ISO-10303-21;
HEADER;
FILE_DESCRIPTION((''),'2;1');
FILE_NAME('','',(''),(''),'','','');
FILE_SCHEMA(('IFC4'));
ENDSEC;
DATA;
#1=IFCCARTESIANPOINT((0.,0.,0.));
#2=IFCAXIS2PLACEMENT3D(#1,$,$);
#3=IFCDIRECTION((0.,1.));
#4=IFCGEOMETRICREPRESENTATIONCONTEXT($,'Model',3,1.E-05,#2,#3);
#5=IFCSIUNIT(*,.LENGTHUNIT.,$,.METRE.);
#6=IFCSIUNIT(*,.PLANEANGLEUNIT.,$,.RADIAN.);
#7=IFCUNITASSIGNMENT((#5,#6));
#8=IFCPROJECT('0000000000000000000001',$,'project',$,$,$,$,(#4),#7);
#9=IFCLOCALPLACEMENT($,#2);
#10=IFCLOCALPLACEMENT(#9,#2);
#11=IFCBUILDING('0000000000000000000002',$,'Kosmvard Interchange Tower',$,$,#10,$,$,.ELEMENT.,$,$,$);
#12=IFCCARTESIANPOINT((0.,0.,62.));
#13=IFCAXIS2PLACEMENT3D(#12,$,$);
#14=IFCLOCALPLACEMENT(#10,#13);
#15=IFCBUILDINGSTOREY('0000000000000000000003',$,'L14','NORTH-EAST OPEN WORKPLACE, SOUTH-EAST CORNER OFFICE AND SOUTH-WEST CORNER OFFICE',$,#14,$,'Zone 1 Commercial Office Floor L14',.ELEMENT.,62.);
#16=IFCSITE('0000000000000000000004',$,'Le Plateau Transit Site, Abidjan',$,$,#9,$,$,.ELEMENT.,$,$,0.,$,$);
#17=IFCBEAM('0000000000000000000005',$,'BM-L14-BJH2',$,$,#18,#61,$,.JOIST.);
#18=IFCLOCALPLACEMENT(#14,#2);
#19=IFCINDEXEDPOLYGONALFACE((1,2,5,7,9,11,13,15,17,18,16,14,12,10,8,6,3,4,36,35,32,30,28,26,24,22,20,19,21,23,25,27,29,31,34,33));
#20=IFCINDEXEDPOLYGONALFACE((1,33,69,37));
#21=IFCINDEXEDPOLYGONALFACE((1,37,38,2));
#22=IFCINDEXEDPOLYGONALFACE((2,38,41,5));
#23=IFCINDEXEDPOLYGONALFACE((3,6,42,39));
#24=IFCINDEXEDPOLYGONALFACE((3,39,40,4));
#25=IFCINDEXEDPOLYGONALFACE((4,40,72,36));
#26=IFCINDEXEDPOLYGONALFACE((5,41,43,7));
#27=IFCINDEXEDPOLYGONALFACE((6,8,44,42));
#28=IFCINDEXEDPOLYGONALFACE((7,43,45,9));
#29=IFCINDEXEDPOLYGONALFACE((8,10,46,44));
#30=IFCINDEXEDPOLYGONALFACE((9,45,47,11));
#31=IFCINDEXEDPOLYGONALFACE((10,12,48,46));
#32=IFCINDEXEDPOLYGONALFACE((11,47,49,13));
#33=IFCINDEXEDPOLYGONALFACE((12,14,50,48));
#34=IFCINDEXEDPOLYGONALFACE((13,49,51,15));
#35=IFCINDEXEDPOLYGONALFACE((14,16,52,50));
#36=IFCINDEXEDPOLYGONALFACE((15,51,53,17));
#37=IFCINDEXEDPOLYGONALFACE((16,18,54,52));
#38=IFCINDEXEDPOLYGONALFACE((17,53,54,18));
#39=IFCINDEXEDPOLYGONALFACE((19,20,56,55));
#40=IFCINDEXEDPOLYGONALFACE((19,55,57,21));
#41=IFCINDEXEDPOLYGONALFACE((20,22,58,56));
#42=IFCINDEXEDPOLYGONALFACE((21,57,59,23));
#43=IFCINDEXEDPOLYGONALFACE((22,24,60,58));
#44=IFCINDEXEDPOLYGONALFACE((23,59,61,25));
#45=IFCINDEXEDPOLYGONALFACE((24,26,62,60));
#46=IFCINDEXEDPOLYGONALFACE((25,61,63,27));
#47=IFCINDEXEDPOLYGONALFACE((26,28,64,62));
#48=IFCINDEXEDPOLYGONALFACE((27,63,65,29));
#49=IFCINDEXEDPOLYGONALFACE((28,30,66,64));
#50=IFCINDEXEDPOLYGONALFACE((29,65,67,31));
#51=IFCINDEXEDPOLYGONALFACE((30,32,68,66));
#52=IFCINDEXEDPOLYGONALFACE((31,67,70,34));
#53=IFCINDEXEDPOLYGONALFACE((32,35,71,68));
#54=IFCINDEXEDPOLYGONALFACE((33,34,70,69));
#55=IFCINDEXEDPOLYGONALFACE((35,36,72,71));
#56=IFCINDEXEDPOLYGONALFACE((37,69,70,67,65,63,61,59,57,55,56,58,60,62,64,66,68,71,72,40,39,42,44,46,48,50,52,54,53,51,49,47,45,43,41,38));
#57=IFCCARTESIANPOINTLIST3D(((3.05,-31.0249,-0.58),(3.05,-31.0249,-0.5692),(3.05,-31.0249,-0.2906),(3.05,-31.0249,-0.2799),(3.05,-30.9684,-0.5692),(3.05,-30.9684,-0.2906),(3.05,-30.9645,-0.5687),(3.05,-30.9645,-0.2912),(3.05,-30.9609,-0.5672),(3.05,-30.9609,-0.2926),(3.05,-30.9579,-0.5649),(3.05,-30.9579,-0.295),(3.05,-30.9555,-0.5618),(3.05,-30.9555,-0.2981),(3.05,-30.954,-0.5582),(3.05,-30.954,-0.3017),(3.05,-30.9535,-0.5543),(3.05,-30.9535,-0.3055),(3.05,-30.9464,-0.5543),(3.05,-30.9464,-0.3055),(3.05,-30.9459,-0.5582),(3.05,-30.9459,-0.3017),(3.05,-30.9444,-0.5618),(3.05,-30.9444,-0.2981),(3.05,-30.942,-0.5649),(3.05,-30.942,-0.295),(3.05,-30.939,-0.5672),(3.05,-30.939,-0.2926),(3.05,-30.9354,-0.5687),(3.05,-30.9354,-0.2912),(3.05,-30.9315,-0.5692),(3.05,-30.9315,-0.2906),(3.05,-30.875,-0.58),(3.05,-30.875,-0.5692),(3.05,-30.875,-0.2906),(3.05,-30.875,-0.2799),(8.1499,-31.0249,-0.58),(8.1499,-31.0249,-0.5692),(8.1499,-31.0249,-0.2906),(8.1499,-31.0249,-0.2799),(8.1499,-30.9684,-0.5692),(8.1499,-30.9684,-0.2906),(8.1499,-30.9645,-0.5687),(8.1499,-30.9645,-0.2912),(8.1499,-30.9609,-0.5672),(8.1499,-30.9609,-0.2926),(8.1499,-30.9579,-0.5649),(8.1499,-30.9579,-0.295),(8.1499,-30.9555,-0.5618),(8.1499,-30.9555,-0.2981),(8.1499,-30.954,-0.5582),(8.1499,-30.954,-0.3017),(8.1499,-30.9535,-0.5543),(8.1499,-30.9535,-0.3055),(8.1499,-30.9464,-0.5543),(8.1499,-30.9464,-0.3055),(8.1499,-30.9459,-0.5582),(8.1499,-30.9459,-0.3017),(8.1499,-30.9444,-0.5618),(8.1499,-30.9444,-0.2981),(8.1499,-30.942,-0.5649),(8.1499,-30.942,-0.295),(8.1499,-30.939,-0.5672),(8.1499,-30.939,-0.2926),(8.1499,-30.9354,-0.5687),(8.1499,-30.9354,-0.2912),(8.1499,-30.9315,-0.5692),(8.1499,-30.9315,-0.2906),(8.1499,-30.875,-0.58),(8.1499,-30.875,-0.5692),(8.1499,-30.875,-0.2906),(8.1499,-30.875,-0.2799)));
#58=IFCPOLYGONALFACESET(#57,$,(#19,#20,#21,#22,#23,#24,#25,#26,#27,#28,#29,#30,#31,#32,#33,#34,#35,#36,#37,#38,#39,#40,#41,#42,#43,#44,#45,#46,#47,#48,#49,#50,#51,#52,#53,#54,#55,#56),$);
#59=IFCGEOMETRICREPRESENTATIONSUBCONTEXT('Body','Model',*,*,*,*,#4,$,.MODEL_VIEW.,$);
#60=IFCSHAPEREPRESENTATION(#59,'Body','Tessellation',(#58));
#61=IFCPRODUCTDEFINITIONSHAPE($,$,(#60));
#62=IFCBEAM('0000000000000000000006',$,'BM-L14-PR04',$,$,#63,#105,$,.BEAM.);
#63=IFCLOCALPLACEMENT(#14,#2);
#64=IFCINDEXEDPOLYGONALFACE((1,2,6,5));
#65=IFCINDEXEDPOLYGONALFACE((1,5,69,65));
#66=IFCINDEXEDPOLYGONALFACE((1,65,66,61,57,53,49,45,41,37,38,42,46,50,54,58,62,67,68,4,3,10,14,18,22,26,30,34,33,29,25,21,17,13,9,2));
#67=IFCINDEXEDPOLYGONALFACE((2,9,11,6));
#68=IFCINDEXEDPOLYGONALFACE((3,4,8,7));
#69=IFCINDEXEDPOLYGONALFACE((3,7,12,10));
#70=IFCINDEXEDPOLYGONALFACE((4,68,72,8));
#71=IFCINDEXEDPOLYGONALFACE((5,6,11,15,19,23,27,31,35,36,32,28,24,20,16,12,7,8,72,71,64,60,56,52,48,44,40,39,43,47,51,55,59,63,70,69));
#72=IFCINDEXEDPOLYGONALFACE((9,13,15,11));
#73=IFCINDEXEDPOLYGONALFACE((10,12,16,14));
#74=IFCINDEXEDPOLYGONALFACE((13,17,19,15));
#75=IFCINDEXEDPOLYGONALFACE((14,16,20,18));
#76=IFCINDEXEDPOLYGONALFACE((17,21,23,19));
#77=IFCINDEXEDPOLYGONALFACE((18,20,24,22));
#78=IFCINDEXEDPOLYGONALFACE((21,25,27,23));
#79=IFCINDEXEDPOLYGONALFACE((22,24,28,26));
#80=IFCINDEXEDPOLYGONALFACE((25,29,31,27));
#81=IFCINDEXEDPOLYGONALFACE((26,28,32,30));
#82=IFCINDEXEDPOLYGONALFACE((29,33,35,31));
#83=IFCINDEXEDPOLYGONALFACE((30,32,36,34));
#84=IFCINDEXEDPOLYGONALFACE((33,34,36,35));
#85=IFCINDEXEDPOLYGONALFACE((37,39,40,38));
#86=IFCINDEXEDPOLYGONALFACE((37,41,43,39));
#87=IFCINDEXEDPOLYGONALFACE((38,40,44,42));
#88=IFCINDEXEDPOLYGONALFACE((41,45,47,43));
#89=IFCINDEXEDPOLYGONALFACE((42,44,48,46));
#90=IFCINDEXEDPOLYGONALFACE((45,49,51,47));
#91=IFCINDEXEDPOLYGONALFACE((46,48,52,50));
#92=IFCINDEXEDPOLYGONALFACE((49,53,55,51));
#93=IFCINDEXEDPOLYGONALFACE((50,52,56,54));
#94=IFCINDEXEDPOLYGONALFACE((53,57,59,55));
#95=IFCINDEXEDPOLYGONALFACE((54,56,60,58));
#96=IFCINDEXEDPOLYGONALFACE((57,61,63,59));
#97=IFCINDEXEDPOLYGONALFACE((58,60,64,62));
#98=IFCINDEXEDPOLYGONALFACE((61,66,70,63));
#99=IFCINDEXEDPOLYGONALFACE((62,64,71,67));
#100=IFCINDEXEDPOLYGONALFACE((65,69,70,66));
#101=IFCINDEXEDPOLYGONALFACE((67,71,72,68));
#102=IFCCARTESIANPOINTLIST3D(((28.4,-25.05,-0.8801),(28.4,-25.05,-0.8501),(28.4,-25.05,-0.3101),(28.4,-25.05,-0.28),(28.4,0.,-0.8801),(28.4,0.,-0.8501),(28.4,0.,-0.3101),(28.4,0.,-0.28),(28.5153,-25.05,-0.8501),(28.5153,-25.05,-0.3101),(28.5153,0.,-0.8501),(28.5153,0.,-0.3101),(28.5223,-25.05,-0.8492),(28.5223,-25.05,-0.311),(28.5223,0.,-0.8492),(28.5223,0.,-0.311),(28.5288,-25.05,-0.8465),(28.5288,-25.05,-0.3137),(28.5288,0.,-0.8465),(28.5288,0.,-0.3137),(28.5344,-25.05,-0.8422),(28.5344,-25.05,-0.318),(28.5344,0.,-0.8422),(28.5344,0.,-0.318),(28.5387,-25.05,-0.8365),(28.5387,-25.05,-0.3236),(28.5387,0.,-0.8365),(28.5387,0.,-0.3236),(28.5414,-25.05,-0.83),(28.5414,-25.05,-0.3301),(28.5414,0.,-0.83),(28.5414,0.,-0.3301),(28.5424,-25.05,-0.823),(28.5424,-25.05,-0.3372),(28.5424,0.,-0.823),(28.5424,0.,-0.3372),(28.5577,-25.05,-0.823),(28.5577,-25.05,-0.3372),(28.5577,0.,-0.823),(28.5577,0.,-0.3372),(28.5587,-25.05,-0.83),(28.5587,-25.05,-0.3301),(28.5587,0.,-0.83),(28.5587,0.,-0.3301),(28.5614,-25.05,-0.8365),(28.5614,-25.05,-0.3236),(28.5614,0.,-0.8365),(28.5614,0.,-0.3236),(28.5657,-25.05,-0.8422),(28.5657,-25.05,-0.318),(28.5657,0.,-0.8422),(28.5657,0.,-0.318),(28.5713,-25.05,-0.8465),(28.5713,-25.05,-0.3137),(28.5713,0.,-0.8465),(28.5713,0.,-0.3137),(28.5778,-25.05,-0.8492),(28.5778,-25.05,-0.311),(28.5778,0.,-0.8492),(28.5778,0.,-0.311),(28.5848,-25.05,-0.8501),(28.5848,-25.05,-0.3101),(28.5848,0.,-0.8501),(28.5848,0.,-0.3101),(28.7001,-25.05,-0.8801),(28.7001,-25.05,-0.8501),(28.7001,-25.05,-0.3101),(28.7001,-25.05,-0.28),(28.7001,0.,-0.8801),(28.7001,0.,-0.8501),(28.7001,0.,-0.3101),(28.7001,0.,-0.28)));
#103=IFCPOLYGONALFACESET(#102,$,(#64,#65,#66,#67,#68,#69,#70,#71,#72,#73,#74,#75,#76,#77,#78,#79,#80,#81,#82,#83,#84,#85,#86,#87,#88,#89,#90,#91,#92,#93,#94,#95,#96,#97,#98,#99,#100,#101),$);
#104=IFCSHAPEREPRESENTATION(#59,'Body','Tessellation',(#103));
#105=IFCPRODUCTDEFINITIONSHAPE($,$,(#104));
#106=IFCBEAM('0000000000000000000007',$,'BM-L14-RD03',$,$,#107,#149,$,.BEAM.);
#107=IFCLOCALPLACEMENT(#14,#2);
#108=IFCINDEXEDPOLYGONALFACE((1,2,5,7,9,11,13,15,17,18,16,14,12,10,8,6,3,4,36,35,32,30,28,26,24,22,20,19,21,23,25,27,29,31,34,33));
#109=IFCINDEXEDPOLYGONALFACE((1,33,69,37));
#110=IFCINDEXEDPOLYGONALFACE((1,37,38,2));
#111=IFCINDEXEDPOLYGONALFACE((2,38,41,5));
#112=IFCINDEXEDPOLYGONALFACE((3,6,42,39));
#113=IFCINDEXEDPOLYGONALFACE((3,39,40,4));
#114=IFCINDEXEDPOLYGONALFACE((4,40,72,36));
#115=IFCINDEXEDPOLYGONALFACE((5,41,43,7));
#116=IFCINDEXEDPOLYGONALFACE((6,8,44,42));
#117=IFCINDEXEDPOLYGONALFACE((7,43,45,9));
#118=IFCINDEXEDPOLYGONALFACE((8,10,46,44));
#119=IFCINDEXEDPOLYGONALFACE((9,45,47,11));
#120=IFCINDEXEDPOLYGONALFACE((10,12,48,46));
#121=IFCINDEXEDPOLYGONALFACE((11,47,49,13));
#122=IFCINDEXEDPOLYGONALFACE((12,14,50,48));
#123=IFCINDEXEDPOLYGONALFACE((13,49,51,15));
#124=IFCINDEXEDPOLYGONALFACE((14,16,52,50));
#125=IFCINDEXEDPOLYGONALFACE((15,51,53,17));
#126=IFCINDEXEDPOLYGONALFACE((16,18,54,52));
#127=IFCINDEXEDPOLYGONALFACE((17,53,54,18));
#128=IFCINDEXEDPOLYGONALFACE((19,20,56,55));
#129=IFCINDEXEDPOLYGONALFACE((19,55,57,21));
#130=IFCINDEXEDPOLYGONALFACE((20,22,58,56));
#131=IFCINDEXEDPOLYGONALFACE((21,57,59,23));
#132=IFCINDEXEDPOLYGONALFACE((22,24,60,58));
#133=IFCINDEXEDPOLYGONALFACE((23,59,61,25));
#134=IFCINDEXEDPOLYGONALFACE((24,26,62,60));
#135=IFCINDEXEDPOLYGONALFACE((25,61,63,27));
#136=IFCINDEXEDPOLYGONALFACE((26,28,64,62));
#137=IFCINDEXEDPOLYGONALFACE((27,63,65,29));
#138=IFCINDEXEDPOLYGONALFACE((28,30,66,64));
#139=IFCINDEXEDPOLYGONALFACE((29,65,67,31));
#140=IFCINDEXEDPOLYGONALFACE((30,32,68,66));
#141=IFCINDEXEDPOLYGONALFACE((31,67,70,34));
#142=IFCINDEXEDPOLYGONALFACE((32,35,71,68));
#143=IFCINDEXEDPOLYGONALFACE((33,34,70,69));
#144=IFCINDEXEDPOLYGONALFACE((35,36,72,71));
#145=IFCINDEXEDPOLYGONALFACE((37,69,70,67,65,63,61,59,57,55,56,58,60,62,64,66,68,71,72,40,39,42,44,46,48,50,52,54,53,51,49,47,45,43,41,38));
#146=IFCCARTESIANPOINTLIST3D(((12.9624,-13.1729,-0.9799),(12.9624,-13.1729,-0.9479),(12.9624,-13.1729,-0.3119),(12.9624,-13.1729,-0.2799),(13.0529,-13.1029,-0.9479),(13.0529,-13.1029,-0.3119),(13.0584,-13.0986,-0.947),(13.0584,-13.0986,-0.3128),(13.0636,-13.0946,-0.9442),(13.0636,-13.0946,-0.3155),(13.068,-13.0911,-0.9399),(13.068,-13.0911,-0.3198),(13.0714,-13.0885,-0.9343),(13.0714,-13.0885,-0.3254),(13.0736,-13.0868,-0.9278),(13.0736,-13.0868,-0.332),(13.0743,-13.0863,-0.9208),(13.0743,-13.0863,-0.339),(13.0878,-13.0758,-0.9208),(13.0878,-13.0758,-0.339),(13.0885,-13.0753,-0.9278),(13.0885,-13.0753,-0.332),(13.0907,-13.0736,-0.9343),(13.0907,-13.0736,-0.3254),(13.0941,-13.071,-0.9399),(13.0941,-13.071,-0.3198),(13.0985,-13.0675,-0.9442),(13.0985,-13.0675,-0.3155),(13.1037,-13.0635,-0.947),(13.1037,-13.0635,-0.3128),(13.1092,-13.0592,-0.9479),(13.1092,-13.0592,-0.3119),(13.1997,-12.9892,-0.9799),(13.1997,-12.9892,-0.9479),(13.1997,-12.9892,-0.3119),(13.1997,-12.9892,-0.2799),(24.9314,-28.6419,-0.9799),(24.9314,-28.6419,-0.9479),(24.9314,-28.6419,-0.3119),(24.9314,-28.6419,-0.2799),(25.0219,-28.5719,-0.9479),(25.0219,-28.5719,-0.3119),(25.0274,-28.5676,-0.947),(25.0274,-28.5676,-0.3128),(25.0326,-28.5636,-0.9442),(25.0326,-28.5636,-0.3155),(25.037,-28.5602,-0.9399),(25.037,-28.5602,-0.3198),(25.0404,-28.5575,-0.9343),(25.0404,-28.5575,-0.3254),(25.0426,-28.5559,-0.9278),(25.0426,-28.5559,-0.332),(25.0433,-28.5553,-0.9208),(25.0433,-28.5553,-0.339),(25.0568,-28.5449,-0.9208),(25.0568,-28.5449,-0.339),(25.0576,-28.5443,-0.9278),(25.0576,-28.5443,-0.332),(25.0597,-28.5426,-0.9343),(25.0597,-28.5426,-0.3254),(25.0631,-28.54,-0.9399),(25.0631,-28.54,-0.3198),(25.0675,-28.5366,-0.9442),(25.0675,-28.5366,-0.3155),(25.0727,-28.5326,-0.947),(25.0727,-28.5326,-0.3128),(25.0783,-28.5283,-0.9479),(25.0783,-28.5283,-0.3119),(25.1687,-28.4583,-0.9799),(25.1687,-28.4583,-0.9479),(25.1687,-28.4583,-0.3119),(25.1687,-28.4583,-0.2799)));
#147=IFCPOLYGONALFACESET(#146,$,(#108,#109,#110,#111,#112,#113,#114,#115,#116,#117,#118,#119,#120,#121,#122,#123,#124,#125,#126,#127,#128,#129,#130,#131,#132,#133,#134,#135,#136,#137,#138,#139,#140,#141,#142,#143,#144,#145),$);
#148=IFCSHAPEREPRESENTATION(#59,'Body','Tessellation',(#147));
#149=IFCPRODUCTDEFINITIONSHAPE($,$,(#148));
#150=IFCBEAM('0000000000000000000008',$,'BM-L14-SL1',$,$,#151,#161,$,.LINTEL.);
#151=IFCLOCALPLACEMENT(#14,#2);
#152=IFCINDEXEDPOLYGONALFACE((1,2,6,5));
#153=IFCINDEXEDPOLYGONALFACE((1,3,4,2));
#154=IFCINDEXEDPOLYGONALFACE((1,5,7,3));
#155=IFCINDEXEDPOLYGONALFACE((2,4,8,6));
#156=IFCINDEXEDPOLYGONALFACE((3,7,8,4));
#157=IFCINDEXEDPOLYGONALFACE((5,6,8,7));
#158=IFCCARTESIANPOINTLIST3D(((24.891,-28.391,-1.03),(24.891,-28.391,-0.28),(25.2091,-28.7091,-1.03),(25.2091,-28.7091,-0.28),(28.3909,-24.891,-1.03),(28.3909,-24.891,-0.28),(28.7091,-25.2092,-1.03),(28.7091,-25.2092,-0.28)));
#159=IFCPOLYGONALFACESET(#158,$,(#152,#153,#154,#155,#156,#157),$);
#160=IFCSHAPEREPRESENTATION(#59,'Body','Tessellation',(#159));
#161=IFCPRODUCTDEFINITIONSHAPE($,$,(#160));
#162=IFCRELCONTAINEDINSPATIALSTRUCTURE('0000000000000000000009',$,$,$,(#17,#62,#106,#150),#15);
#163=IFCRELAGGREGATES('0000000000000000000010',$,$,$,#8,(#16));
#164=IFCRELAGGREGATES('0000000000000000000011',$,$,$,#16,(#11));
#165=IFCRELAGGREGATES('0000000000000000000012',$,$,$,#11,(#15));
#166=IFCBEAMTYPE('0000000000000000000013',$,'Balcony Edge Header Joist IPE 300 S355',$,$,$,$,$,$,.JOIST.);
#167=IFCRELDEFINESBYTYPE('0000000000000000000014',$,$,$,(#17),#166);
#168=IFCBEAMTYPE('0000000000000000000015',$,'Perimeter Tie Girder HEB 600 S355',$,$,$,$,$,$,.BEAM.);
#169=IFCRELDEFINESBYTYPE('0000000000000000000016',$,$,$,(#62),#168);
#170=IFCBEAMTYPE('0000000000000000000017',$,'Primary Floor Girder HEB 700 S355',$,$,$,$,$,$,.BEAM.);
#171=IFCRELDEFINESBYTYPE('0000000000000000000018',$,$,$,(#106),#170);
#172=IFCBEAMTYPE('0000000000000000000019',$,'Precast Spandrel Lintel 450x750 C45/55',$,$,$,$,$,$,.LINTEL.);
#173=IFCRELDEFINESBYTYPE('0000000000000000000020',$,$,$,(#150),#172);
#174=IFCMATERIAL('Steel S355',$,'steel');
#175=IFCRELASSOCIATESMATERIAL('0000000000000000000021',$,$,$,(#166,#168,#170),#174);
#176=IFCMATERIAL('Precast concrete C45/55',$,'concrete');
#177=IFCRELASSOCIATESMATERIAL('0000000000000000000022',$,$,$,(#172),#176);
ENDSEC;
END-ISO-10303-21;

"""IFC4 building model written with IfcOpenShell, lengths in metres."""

from ifc_helpers import new_model, si_unit, direction, frame, origin, origin_2d, place, context, subcontext, project, spatial, rectangle, i_section, extrude, source, transform, mapped, material, material_profile, profile_set, type_object, element, save


model = new_model("IFC4")

# Units and contexts
model_context = context("Model", 3, precision=1e-05, world=origin(), true_north=direction((0.0, 1.0)))
body_context = subcontext(model_context, "Body", "Model", "MODEL_VIEW")
ifc_project = project(units=[si_unit("LENGTHUNIT", "METRE"), si_unit("PLANEANGLEUNIT", "RADIAN")], contexts=[model_context])

# Site, building, storey
site_placement = place(None, origin())
site = spatial("IfcSite", under=ifc_project, at=site_placement, Name="Le Plateau Transit Site, Abidjan", CompositionType="ELEMENT", RefElevation=0.0)
building_placement = place(site_placement, origin())
building = spatial("IfcBuilding", under=site, at=building_placement, Name="Kosmvard Interchange Tower", CompositionType="ELEMENT")
storey_placement = place(building_placement, frame((0.0, 0.0, 62.0)))
storey = spatial("IfcBuildingStorey", under=building, at=storey_placement, Name="L14", Description="NORTH-EAST OPEN WORKPLACE, SOUTH-EAST CORNER OFFICE AND SOUTH-WEST CORNER OFFICE", LongName="Zone 1 Commercial Office Floor L14", CompositionType="ELEMENT", Elevation=62.0)

# Beams
ifc_material_1 = material(Name="Steel S355", Category="steel")
ifc_material_profile_1 = material_profile(ifc_material_1, i_section(OverallWidth=0.1499, OverallDepth=0.3, WebThickness=0.0071, FlangeThickness=0.0107, FilletRadius=0.0149, at=origin_2d()), Name="IPE 300")
ifc_profile_set_1 = profile_set([ifc_material_profile_1], Name="Steel S355")
beam_type_1 = type_object("IfcBeamType", Name="Balcony Edge Header Joist IPE 300 S355", PredefinedType="JOIST", material=ifc_profile_set_1)
shared_shape_1 = source(origin(), body_context, "Body", "SweptSolid", [
    extrude(i_section(OverallWidth=0.1499, OverallDepth=0.3, WebThickness=0.0071, FlangeThickness=0.0107, FilletRadius=0.0149, at=origin_2d()), origin(), (0.0, 0.0, 1.0), 5.0999),
])
beam_1_placement = place(storey_placement, frame((3.05, -30.95, -0.4299), z_axis=(1.0, 0.0, 0.0), x_axis=(0.0, 1.0, 0.0)))
element("IfcBeam", 1, at=beam_1_placement, inside=storey, type_object=beam_type_1, Name="BM-L14-BJH2", PredefinedType="JOIST", context=body_context, shape_type="MappedRepresentation", body=[
    mapped(shared_shape_1, transform((0.0, 0.0, 0.0), scale=1.0)),
])
ifc_material_profile_2 = material_profile(ifc_material_1, i_section(OverallWidth=0.3, OverallDepth=0.6001, WebThickness=0.0154, FlangeThickness=0.03, FilletRadius=0.0271, at=origin_2d()), Name="HEB 600")
ifc_profile_set_2 = profile_set([ifc_material_profile_2], Name="Steel S355")
beam_type_2 = type_object("IfcBeamType", Name="Perimeter Tie Girder HEB 600 S355", PredefinedType="BEAM", material=ifc_profile_set_2)
shared_shape_2 = source(origin(), body_context, "Body", "SweptSolid", [
    extrude(i_section(OverallWidth=0.3, OverallDepth=0.6001, WebThickness=0.0154, FlangeThickness=0.03, FilletRadius=0.0271, at=origin_2d()), origin(), (0.0, 0.0, 1.0), 25.05),
])
beam_2_placement = place(storey_placement, frame((28.55, -25.05, -0.5801), z_axis=(0.0, 1.0, 0.0), x_axis=(-1.0, 0.0, 0.0)))
element("IfcBeam", 2, at=beam_2_placement, inside=storey, type_object=beam_type_2, Name="BM-L14-PR04", PredefinedType="BEAM", context=body_context, shape_type="MappedRepresentation", body=[
    mapped(shared_shape_2, transform((0.0, 0.0, 0.0), scale=1.0)),
])
ifc_material_profile_3 = material_profile(ifc_material_1, i_section(OverallWidth=0.3, OverallDepth=0.7, WebThickness=0.0171, FlangeThickness=0.032, FilletRadius=0.0271, at=origin_2d()), Name="HEB 700")
ifc_profile_set_3 = profile_set([ifc_material_profile_3], Name="Steel S355")
beam_type_3 = type_object("IfcBeamType", Name="Primary Floor Girder HEB 700 S355", PredefinedType="BEAM", material=ifc_profile_set_3)
shared_shape_3 = source(origin(), body_context, "Body", "SweptSolid", [
    extrude(i_section(OverallWidth=0.3, OverallDepth=0.7, WebThickness=0.0171, FlangeThickness=0.032, FilletRadius=0.0271, at=origin_2d()), origin(), (0.0, 0.0, 1.0), 19.5588),
])
beam_3_placement = place(storey_placement, frame((13.0811, -13.0811, -0.6299), z_axis=(0.611949, -0.790897, 0.0), x_axis=(0.790897, 0.611949, 0.0)))
element("IfcBeam", 3, at=beam_3_placement, inside=storey, type_object=beam_type_3, Name="BM-L14-RD03", PredefinedType="BEAM", context=body_context, shape_type="MappedRepresentation", body=[
    mapped(shared_shape_3, transform((0.0, 0.0, 0.0), scale=1.0)),
])
ifc_material_2 = material(Name="Precast concrete C45/55", Category="concrete")
ifc_material_profile_4 = material_profile(ifc_material_2, rectangle(XDim=0.45, YDim=0.75, at=origin_2d()), Name="SL 450x750")
ifc_profile_set_4 = profile_set([ifc_material_profile_4], Name="Precast concrete C45/55")
beam_type_4 = type_object("IfcBeamType", Name="Precast Spandrel Lintel 450x750 C45/55", PredefinedType="LINTEL", material=ifc_profile_set_4)
shared_shape_4 = source(origin(), body_context, "Body", "SweptSolid", [
    extrude(rectangle(XDim=0.45, YDim=0.75, at=origin_2d()), origin(), (0.0, 0.0, 1.0), 4.9497),
])
beam_4_placement = place(storey_placement, frame((25.05, -28.55, -0.655), z_axis=(0.707107, 0.707107, 0.0), x_axis=(-0.707107, 0.707107, 0.0)))
element("IfcBeam", 4, at=beam_4_placement, inside=storey, type_object=beam_type_4, Name="BM-L14-SL1", PredefinedType="LINTEL", context=body_context, shape_type="MappedRepresentation", body=[
    mapped(shared_shape_4, transform((0.0, 0.0, 0.0), scale=1.0)),
])

save(model, "model.ifc")
